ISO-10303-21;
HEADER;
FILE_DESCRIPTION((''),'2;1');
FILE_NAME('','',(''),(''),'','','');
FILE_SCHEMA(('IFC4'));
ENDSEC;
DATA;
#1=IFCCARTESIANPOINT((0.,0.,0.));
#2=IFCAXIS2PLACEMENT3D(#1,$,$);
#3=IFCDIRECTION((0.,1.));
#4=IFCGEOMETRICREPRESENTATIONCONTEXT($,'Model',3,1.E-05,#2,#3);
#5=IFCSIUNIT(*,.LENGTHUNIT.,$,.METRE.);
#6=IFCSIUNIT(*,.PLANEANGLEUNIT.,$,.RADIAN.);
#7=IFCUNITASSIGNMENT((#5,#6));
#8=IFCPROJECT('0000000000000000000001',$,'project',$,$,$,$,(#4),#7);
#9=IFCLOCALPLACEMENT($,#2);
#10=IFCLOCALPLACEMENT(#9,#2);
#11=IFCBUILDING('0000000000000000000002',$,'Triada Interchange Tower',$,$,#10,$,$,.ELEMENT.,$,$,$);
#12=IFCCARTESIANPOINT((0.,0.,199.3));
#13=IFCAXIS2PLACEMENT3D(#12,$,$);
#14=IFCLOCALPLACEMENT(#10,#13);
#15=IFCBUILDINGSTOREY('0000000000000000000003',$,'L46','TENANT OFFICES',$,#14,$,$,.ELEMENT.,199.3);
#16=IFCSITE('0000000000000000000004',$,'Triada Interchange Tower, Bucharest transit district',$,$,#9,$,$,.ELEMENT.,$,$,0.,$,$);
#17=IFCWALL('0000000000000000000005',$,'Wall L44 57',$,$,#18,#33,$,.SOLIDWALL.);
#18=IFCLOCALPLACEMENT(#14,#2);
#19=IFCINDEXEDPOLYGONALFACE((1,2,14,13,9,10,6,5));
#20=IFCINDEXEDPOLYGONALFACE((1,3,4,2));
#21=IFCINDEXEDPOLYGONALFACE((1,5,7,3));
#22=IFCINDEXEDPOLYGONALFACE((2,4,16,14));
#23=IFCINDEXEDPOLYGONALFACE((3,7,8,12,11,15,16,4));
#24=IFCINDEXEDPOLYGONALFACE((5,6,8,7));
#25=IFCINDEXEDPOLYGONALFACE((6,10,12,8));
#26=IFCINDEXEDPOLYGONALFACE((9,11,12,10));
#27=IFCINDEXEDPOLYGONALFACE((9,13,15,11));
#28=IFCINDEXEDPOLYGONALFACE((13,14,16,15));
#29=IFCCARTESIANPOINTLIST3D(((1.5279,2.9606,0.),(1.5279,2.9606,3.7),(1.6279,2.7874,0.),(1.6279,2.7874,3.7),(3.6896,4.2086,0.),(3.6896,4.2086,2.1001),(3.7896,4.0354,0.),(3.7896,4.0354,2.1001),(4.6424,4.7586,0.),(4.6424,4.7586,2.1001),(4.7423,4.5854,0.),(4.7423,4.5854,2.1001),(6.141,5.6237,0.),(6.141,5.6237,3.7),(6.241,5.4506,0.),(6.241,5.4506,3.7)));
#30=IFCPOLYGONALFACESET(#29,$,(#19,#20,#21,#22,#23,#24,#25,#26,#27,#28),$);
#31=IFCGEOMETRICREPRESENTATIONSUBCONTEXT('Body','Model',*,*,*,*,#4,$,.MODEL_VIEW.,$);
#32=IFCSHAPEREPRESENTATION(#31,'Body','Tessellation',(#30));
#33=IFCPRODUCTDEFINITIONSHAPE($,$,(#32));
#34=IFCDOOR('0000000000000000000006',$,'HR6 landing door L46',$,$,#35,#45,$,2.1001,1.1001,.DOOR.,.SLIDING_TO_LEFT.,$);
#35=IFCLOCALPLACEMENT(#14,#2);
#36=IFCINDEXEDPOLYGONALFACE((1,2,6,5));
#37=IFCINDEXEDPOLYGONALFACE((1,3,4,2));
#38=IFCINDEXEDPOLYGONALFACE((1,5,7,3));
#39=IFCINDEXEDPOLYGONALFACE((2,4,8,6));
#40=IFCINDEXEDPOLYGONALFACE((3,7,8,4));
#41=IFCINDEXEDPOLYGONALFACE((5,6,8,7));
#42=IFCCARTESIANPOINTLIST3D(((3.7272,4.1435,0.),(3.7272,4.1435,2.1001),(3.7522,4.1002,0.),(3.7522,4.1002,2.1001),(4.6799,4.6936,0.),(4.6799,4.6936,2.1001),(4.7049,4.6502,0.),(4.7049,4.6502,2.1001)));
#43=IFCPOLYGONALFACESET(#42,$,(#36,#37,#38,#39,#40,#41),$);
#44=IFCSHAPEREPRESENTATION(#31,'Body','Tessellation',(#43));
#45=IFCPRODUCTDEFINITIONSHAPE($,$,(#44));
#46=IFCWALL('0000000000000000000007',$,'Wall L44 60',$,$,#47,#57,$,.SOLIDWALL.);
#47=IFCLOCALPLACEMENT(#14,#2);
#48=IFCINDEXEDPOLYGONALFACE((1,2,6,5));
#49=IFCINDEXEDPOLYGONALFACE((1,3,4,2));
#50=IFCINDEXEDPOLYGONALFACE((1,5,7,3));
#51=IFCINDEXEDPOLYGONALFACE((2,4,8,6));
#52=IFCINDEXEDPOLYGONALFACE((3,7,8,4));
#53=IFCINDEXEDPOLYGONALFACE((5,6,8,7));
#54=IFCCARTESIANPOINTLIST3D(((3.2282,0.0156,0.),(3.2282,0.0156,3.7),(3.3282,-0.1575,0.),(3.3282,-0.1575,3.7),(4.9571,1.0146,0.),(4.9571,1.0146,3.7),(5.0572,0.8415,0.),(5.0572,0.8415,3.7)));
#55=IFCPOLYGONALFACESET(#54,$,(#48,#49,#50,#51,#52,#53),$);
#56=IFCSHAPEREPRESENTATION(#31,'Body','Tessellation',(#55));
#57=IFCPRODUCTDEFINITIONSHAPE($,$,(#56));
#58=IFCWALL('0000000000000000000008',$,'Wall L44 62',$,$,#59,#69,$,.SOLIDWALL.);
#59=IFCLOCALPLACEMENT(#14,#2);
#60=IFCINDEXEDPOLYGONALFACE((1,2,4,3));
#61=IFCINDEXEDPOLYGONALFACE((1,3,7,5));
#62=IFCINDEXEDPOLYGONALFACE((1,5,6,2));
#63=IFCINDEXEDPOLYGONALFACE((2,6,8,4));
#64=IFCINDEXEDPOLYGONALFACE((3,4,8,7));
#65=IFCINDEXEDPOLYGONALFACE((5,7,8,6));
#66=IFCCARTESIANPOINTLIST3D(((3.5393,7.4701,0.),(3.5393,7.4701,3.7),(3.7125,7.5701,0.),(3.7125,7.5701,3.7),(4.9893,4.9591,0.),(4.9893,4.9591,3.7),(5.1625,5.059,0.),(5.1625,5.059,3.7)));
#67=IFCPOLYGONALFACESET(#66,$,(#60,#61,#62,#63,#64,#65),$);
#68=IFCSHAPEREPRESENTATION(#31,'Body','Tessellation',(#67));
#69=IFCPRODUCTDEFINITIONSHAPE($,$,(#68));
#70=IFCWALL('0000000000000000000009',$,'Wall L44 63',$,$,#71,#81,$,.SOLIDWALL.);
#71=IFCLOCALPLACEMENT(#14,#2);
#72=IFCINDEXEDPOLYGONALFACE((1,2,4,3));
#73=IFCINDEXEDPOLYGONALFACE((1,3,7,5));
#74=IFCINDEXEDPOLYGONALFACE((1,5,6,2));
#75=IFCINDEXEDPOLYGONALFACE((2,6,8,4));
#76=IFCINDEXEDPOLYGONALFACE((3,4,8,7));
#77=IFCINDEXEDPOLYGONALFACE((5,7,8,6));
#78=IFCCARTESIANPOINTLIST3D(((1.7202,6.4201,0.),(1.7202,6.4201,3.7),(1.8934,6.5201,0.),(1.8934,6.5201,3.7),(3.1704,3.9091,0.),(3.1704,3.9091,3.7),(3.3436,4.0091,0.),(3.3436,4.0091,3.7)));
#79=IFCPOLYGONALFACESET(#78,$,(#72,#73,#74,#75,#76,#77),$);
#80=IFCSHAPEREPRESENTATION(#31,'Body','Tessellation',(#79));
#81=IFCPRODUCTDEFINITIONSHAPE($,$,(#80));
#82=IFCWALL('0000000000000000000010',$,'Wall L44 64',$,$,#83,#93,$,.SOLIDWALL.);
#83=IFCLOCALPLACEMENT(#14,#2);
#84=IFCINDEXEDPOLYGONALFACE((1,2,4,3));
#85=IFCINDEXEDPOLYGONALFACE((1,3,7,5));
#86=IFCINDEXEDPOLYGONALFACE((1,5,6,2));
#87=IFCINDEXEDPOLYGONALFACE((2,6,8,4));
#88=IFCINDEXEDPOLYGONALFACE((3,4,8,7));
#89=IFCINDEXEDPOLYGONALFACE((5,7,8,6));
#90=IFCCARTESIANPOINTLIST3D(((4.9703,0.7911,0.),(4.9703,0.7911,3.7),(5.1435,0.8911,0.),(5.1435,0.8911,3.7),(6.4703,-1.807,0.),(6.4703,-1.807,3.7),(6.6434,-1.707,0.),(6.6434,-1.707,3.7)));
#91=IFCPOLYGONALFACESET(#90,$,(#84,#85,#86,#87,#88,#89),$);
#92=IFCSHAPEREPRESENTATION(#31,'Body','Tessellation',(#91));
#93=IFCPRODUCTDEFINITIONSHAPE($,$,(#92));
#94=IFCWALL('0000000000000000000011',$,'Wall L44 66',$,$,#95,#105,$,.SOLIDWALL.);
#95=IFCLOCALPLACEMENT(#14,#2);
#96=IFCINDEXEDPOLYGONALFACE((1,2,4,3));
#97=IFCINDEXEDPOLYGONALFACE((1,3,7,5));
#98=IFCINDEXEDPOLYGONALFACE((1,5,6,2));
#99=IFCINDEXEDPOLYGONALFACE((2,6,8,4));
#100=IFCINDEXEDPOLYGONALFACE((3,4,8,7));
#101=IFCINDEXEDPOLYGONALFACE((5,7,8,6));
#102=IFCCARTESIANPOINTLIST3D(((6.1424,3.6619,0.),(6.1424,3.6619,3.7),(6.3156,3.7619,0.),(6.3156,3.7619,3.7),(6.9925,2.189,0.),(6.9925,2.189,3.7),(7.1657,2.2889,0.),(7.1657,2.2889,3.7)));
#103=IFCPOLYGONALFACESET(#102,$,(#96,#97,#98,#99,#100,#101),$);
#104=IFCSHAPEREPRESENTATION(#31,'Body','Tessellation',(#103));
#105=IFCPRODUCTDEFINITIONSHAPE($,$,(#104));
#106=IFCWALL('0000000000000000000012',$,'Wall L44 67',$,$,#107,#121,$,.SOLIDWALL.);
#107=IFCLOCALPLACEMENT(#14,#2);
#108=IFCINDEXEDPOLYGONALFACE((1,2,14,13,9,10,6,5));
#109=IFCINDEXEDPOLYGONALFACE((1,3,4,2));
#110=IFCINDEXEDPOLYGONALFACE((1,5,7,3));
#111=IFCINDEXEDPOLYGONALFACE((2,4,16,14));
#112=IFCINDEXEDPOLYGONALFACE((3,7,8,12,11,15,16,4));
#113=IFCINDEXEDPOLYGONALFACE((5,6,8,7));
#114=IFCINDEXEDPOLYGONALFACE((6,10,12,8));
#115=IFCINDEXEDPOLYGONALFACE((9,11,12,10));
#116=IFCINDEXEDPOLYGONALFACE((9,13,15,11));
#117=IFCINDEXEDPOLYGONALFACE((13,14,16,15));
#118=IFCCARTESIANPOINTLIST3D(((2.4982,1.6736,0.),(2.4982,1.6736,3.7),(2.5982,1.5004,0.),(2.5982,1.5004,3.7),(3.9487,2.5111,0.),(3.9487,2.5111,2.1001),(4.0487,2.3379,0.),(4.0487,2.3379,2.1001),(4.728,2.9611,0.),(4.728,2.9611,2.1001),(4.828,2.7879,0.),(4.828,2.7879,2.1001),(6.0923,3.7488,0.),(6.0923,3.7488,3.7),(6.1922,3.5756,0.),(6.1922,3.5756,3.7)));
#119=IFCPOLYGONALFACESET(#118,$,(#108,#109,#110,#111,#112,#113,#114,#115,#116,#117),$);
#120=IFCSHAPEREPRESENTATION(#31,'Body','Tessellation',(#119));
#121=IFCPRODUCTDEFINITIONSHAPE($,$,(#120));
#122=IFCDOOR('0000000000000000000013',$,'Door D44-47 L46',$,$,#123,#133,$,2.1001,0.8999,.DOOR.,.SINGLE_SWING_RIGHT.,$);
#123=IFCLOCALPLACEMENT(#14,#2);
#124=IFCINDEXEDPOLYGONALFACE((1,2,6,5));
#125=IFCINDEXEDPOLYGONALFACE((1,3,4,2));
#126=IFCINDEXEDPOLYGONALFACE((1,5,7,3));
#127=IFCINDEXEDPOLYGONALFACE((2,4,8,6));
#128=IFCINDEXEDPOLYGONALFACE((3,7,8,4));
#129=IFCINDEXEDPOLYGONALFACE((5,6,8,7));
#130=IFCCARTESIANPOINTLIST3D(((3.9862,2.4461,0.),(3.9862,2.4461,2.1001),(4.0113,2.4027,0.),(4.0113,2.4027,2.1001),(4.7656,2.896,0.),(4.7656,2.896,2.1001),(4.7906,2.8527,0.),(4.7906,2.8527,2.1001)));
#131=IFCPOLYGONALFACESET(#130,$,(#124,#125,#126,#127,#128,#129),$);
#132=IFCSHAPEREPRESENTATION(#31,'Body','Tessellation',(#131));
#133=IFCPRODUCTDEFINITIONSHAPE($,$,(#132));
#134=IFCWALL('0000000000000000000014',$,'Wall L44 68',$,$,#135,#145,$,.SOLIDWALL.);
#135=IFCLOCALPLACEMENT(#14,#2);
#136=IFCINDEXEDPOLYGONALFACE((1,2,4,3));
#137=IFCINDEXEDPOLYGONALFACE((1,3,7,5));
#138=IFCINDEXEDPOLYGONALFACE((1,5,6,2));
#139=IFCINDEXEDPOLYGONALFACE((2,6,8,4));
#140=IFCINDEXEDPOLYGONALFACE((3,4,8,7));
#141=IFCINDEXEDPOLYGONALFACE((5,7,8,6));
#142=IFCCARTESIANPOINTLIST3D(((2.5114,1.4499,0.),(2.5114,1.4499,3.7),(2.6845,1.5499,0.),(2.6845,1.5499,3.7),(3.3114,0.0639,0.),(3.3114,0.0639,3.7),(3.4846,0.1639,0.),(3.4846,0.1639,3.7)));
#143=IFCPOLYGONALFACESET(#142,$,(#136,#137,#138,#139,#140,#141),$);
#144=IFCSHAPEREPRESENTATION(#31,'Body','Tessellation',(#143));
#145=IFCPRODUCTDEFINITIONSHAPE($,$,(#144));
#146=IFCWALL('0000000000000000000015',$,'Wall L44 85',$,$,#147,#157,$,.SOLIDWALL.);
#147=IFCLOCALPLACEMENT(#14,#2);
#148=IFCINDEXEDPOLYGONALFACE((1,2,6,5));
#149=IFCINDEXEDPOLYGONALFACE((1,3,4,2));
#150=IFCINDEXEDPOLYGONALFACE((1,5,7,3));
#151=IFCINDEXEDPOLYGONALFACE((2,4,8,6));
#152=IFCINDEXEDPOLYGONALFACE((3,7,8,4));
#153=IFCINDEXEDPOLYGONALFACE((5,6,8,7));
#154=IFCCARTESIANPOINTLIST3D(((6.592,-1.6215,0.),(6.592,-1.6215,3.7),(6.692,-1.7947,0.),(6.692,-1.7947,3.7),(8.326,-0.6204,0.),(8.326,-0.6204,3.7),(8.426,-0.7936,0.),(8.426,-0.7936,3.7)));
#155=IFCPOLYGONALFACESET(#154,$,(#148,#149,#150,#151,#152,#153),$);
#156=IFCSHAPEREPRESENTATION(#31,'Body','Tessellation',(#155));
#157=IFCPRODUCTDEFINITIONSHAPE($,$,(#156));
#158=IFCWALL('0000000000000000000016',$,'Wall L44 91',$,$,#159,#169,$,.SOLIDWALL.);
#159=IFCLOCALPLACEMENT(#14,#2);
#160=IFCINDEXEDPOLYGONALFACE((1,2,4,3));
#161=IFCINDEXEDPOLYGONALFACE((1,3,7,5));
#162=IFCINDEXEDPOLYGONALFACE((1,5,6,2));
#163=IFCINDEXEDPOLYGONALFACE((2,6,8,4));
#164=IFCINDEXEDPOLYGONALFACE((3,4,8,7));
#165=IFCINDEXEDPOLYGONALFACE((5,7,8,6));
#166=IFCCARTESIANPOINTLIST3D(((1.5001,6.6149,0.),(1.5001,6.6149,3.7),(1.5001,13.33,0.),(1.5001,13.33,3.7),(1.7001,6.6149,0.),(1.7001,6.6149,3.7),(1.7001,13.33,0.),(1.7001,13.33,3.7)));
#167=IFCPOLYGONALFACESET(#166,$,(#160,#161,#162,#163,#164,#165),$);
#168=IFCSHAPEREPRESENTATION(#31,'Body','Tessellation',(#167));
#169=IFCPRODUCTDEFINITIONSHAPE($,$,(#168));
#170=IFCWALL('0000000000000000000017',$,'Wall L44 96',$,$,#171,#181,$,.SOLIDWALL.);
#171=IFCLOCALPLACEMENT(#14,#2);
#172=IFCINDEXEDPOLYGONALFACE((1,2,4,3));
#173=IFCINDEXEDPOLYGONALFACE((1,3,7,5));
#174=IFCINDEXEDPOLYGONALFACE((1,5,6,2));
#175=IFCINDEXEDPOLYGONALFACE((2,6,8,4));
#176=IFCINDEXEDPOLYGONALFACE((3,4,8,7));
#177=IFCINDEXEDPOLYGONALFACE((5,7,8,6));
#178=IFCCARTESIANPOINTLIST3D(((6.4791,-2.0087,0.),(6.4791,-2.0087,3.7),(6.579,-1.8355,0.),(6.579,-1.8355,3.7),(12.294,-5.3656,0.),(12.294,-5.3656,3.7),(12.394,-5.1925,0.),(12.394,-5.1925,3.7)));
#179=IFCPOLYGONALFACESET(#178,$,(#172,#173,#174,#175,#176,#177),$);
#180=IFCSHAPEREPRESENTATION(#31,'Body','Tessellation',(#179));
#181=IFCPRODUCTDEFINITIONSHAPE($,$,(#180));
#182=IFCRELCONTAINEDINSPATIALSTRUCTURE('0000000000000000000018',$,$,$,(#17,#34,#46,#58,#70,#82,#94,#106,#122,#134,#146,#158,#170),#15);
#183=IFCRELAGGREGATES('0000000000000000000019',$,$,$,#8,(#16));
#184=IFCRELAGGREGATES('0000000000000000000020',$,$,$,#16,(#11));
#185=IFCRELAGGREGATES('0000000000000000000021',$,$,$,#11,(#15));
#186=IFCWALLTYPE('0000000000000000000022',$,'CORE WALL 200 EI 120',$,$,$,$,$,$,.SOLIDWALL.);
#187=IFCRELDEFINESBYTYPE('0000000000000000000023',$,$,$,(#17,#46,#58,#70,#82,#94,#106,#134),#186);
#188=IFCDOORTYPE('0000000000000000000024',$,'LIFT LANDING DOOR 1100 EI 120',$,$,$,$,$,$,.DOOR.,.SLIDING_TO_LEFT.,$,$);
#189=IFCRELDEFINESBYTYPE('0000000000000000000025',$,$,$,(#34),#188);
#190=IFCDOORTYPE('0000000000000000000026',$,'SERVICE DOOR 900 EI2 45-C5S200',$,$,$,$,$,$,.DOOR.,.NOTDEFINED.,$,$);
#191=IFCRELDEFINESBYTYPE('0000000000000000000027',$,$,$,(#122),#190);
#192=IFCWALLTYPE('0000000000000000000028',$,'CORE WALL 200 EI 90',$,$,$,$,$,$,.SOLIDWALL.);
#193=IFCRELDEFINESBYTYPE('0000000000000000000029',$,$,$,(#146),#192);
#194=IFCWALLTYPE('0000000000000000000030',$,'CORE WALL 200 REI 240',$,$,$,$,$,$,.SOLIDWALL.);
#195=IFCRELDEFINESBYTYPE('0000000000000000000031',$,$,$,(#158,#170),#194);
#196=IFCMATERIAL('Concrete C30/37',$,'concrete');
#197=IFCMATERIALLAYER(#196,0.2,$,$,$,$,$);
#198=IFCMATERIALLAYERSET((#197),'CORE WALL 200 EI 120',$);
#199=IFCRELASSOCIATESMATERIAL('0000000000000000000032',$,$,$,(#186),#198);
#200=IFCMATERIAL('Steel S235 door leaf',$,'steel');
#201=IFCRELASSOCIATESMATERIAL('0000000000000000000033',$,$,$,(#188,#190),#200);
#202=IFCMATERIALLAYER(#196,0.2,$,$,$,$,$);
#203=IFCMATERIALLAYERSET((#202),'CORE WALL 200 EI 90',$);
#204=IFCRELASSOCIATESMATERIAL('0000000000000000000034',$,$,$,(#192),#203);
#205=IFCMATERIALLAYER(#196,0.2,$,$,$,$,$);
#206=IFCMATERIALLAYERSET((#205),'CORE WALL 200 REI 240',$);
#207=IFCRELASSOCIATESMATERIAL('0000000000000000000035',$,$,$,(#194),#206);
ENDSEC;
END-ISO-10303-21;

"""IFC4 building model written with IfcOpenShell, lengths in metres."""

from ifc_helpers import new_model, si_unit, direction, frame, frame_2d, origin, place, context, subcontext, project, spatial, rectangle, extrude, material, layer, layer_set, type_object, element, fill, save


model = new_model("IFC4")

# Units and contexts
model_context = context("Model", 3, precision=1e-05, world=origin(), true_north=direction((0.0, 1.0)))
body_context = subcontext(model_context, "Body", "Model", "MODEL_VIEW")
ifc_project = project(units=[si_unit("LENGTHUNIT", "METRE"), si_unit("PLANEANGLEUNIT", "RADIAN")], contexts=[model_context])

# Site, building, storey
site_placement = place(None, origin())
site = spatial("IfcSite", under=ifc_project, at=site_placement, Name="Triada Interchange Tower, Bucharest transit district", CompositionType="ELEMENT", RefElevation=0.0)
building_placement = place(site_placement, origin())
building = spatial("IfcBuilding", under=site, at=building_placement, Name="Triada Interchange Tower", CompositionType="ELEMENT")
storey_placement = place(building_placement, frame((0.0, 0.0, 199.3)))
storey = spatial("IfcBuildingStorey", under=building, at=storey_placement, Name="L46", Description="TENANT OFFICES", CompositionType="ELEMENT", Elevation=199.3)

# Shared definitions
ifc_material_1 = material(Name="Concrete C30/37", Category="concrete")
ifc_layer_1 = layer(ifc_material_1, 0.2)
ifc_layer_set_1 = layer_set([ifc_layer_1], Name="CORE WALL 200 EI 120")
wall_type_1 = type_object("IfcWallType", Name="CORE WALL 200 EI 120", PredefinedType="SOLIDWALL", material=ifc_layer_set_1)
ifc_material_2 = material(Name="Steel S235 door leaf", Category="steel")
door_type_1 = type_object("IfcDoorType", Name="LIFT LANDING DOOR 1100 EI 120", OperationType="SLIDING_TO_LEFT", PredefinedType="DOOR", material=ifc_material_2)

# Wall, opening, door
wall_1_placement = place(storey_placement, frame((1.5779, 2.874, 0.0), z_axis=(0.0, 0.0, 1.0), x_axis=(0.866046, 0.499964, 0.0)))
wall_1 = element("IfcWall", 1, at=wall_1_placement, inside=storey, type_object=wall_type_1, Name="Wall L44 57", PredefinedType="SOLIDWALL", context=body_context, shape_type="SweptSolid", body=[
    extrude(rectangle(XDim=5.3267, YDim=0.2, at=frame_2d((2.6633, 0.0))), origin(), (0.0, 0.0, 1.0), 3.7),
])
opening_1_placement = place(wall_1_placement, frame((2.4961, 0.0, 0.0)))
opening_1 = element("IfcOpeningElement", 2, at=opening_1_placement, cuts=wall_1, PredefinedType="OPENING", context=body_context, shape_type="SweptSolid", body=[
    extrude(rectangle(XDim=1.1001, YDim=2.1001, at=frame_2d((0.55, 1.05))), frame((0.0, 0.1099, 0.0), z_axis=(0.0, -1.0, 0.0), x_axis=(1.0, 0.0, 0.0)), (0.0, 0.0, 1.0), 0.22),
])
door_1_placement = place(opening_1_placement, origin())
door_1 = element("IfcDoor", 3, at=door_1_placement, inside=storey, type_object=door_type_1, Name="HR6 landing door L46", OperationType="SLIDING_TO_LEFT", OverallHeight=2.1001, OverallWidth=1.1001, PredefinedType="DOOR", context=body_context, shape_type="SweptSolid", body=[
    extrude(rectangle(XDim=1.1001, YDim=2.1001, at=frame_2d((0.55, 1.05))), frame((0.0, 0.0249, 0.0), z_axis=(0.0, -1.0, 0.0), x_axis=(1.0, 0.0, 0.0)), (0.0, 0.0, 1.0), 0.05),
])
fill(opening_1, door_1)

# Walls
wall_2_placement = place(storey_placement, frame((3.2781, -0.071, 0.0), z_axis=(0.0, 0.0, 1.0), x_axis=(0.865856, 0.500294, 0.0)))
element("IfcWall", 4, at=wall_2_placement, inside=storey, type_object=wall_type_1, Name="Wall L44 60", PredefinedType="SOLIDWALL", context=body_context, shape_type="SweptSolid", body=[
    extrude(rectangle(XDim=1.9968, YDim=0.2, at=frame_2d((0.9985, 0.0))), origin(), (0.0, 0.0, 1.0), 3.7),
])
for number, where, z_axis, x_axis, name in (
    (5, (3.626, 7.52, 0.0), (0.0, 0.0, 1.0), (0.50006, -0.865991, 0.0), "Wall L44 62"),
    (6, (1.8069, 6.47, 0.0), (0.0, 0.0, 1.0), (0.500123, -0.865954, 0.0), "Wall L44 63"),
):
    element("IfcWall", number, at=place(storey_placement, frame(where, z_axis=z_axis, x_axis=x_axis)), inside=storey, type_object=wall_type_1, Name=name, PredefinedType="SOLIDWALL", context=body_context, shape_type="SweptSolid", body=[
        extrude(rectangle(XDim=2.8997, YDim=0.2, at=frame_2d((1.4497, 0.0))), origin(), (0.0, 0.0, 1.0), 3.7),
    ])
wall_3_placement = place(storey_placement, frame((5.0569, 0.8411, 0.0), z_axis=(0.0, 0.0, 1.0), x_axis=(0.49999, -0.866031, 0.0)))
element("IfcWall", 7, at=wall_3_placement, inside=storey, type_object=wall_type_1, Name="Wall L44 64", PredefinedType="SOLIDWALL", context=body_context, shape_type="SweptSolid", body=[
    extrude(rectangle(XDim=3.0, YDim=0.2, at=frame_2d((1.5, 0.0))), origin(), (0.0, 0.0, 1.0), 3.7),
])
wall_4_placement = place(storey_placement, frame((6.229, 3.7119, 0.0), z_axis=(0.0, 0.0, 1.0), x_axis=(0.499876, -0.866097, 0.0)))
element("IfcWall", 8, at=wall_4_placement, inside=storey, type_object=wall_type_1, Name="Wall L44 66", PredefinedType="SOLIDWALL", context=body_context, shape_type="SweptSolid", body=[
    extrude(rectangle(XDim=1.7007, YDim=0.2, at=frame_2d((0.8503, 0.0))), origin(), (0.0, 0.0, 1.0), 3.7),
])

# Wall, opening, door
wall_5_placement = place(storey_placement, frame((2.5481, 1.5869, 0.0), z_axis=(0.0, 0.0, 1.0), x_axis=(0.866004, 0.500036, 0.0)))
wall_5 = element("IfcWall", 9, at=wall_5_placement, inside=storey, type_object=wall_type_1, Name="Wall L44 67", PredefinedType="SOLIDWALL", context=body_context, shape_type="SweptSolid", body=[
    extrude(rectangle(XDim=4.1501, YDim=0.2, at=frame_2d((2.0752, 0.0))), origin(), (0.0, 0.0, 1.0), 3.7),
])
opening_2_placement = place(wall_5_placement, frame((1.675, 0.0, 0.0)))
opening_2 = element("IfcOpeningElement", 10, at=opening_2_placement, cuts=wall_5, PredefinedType="OPENING", context=body_context, shape_type="SweptSolid", body=[
    extrude(rectangle(XDim=0.8999, YDim=2.1001, at=frame_2d((0.45, 1.05))), frame((0.0, 0.1099, 0.0), z_axis=(0.0, -1.0, 0.0), x_axis=(1.0, 0.0, 0.0)), (0.0, 0.0, 1.0), 0.22),
])
door_type_2 = type_object("IfcDoorType", Name="SERVICE DOOR 900 EI2 45-C5S200", OperationType="NOTDEFINED", PredefinedType="DOOR", material=ifc_material_2)
door_2_placement = place(opening_2_placement, origin())
door_2 = element("IfcDoor", 11, at=door_2_placement, inside=storey, type_object=door_type_2, Name="Door D44-47 L46", OperationType="SINGLE_SWING_RIGHT", OverallHeight=2.1001, OverallWidth=0.8999, PredefinedType="DOOR", context=body_context, shape_type="SweptSolid", body=[
    extrude(rectangle(XDim=0.8999, YDim=2.1001, at=frame_2d((0.45, 1.05))), frame((0.0, 0.0249, 0.0), z_axis=(0.0, -1.0, 0.0), x_axis=(1.0, 0.0, 0.0)), (0.0, 0.0, 1.0), 0.05),
])
fill(opening_2, door_2)

# Walls
wall_6_placement = place(storey_placement, frame((2.5979, 1.5, 0.0), z_axis=(0.0, 0.0, 1.0), x_axis=(0.499929, -0.866066, 0.0)))
element("IfcWall", 12, at=wall_6_placement, inside=storey, type_object=wall_type_1, Name="Wall L44 68", PredefinedType="SOLIDWALL", context=body_context, shape_type="SweptSolid", body=[
    extrude(rectangle(XDim=1.6003, YDim=0.2, at=frame_2d((0.8003, 0.0))), origin(), (0.0, 0.0, 1.0), 3.7),
])
ifc_layer_2 = layer(ifc_material_1, 0.2)
ifc_layer_set_2 = layer_set([ifc_layer_2], Name="CORE WALL 200 EI 90")
wall_type_2 = type_object("IfcWallType", Name="CORE WALL 200 EI 90", PredefinedType="SOLIDWALL", material=ifc_layer_set_2)
wall_7_placement = place(storey_placement, frame((6.6421, -1.708, 0.0), z_axis=(0.0, 0.0, 1.0), x_axis=(0.866043, 0.499969, 0.0)))
element("IfcWall", 13, at=wall_7_placement, inside=storey, type_object=wall_type_2, Name="Wall L44 85", PredefinedType="SOLIDWALL", context=body_context, shape_type="SweptSolid", body=[
    extrude(rectangle(XDim=2.0022, YDim=0.2, at=frame_2d((1.001, 0.0))), origin(), (0.0, 0.0, 1.0), 3.7),
])
ifc_layer_3 = layer(ifc_material_1, 0.2)
ifc_layer_set_3 = layer_set([ifc_layer_3], Name="CORE WALL 200 REI 240")
wall_type_3 = type_object("IfcWallType", Name="CORE WALL 200 REI 240", PredefinedType="SOLIDWALL", material=ifc_layer_set_3)
wall_8_placement = place(storey_placement, frame((1.6001, 6.615, 0.0), z_axis=(0.0, 0.0, 1.0), x_axis=(0.0, 1.0, 0.0)))
element("IfcWall", 14, at=wall_8_placement, inside=storey, type_object=wall_type_3, Name="Wall L44 91", PredefinedType="SOLIDWALL", context=body_context, shape_type="SweptSolid", body=[
    extrude(rectangle(XDim=6.7151, YDim=0.2, at=frame_2d((3.3574, 0.0))), origin(), (0.0, 0.0, 1.0), 3.7),
])
wall_9_placement = place(storey_placement, frame((6.5291, -1.9221, 0.0), z_axis=(0.0, 0.0, 1.0), x_axis=(0.866046, -0.499964, 0.0)))
element("IfcWall", 15, at=wall_9_placement, inside=storey, type_object=wall_type_3, Name="Wall L44 96", PredefinedType="SOLIDWALL", context=body_context, shape_type="SweptSolid", body=[
    extrude(rectangle(XDim=6.7144, YDim=0.2, at=frame_2d((3.3572, 0.0))), origin(), (0.0, 0.0, 1.0), 3.7),
])

save(model, "model.ifc")
